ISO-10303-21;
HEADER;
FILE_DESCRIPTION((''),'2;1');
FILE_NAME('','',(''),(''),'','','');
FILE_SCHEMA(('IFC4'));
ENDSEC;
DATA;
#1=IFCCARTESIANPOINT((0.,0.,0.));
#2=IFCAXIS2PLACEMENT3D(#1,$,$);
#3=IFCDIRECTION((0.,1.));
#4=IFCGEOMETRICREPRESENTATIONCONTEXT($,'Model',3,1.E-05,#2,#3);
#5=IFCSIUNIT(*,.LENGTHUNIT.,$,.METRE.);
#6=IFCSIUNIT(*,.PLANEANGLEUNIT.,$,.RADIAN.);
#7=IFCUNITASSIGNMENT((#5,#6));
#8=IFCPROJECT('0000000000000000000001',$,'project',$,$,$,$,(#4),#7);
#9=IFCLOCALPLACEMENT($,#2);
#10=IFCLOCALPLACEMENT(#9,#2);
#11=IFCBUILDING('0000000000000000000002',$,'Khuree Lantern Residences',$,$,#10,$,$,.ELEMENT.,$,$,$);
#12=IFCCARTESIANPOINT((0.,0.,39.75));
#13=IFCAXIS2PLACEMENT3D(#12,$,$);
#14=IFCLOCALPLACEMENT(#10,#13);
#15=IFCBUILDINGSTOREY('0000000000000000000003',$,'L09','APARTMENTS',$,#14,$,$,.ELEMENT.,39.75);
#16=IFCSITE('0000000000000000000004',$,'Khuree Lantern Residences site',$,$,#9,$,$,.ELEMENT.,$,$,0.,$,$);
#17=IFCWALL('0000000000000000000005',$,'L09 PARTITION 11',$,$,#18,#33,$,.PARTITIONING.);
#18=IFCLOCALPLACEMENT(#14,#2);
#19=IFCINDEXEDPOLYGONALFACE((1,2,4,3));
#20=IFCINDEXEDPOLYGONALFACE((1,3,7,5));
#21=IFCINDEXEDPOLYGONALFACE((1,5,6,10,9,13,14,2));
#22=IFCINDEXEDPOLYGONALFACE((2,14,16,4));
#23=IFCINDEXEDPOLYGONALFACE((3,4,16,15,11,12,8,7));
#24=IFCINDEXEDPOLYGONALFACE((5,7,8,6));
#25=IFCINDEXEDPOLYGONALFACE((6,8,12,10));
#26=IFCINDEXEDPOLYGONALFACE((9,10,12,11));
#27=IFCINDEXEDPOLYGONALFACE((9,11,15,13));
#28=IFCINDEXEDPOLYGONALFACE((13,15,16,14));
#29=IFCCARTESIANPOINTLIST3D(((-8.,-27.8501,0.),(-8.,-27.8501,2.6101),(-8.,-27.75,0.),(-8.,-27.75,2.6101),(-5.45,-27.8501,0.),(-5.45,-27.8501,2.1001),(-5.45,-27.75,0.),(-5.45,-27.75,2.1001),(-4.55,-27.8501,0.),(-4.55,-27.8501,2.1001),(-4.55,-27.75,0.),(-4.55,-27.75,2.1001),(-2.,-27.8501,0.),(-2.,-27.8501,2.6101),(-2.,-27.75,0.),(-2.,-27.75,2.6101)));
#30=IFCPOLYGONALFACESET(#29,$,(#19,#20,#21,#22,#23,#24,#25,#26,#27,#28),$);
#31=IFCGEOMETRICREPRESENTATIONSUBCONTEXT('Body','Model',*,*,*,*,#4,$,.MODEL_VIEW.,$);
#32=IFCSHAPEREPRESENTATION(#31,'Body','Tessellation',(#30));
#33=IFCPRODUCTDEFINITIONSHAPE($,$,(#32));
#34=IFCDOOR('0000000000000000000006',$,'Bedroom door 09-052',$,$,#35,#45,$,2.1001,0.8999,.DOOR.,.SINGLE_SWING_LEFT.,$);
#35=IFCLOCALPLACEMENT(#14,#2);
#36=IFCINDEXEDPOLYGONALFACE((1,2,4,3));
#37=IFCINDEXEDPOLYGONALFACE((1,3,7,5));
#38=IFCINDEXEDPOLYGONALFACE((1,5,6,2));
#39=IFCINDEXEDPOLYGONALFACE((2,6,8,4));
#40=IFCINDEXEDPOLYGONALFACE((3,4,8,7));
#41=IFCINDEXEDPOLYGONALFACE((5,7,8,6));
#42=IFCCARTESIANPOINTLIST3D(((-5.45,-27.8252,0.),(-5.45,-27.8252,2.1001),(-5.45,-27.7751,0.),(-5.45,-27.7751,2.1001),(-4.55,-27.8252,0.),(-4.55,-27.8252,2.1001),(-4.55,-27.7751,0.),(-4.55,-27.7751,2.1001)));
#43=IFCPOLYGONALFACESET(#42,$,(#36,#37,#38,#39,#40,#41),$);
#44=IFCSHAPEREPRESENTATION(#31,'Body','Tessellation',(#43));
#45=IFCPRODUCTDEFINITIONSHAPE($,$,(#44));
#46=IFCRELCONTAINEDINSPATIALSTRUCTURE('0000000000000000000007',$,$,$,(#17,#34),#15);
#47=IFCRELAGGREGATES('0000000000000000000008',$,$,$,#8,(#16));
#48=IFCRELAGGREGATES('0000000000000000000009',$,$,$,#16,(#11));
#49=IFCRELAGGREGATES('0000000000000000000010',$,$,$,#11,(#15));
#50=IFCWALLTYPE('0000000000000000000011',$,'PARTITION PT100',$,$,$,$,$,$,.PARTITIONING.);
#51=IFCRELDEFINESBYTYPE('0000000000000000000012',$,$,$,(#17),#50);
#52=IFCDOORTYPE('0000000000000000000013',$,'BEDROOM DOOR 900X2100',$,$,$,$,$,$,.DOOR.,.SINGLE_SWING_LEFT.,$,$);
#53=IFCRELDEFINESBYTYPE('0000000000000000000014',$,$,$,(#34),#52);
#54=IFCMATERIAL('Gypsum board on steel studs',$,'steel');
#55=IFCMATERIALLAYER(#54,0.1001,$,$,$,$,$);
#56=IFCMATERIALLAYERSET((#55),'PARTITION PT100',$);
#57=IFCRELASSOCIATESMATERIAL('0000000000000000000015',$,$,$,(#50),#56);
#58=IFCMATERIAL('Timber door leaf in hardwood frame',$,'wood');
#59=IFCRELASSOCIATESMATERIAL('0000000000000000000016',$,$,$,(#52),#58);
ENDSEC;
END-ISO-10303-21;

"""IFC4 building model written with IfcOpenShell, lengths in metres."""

from ifc_helpers import new_model, si_unit, direction, frame, frame_2d, origin, place, context, subcontext, project, spatial, rectangle, extrude, material, layer, layer_set, type_object, element, fill, save


model = new_model("IFC4")

# Units and contexts
model_context = context("Model", 3, precision=1e-05, world=origin(), true_north=direction((0.0, 1.0)))
body_context = subcontext(model_context, "Body", "Model", "MODEL_VIEW")
ifc_project = project(units=[si_unit("LENGTHUNIT", "METRE"), si_unit("PLANEANGLEUNIT", "RADIAN")], contexts=[model_context])

# Site, building, storey
site_placement = place(None, origin())
site = spatial("IfcSite", under=ifc_project, at=site_placement, Name="Khuree Lantern Residences site", CompositionType="ELEMENT", RefElevation=0.0)
building_placement = place(site_placement, origin())
building = spatial("IfcBuilding", under=site, at=building_placement, Name="Khuree Lantern Residences", CompositionType="ELEMENT")
storey_placement = place(building_placement, frame((0.0, 0.0, 39.75)))
storey = spatial("IfcBuildingStorey", under=building, at=storey_placement, Name="L09", Description="APARTMENTS", CompositionType="ELEMENT", Elevation=39.75)

# Shared definitions
ifc_material_1 = material(Name="Timber door leaf in hardwood frame", Category="wood")

# Shared definitions
ifc_material_2 = material(Name="Gypsum board on steel studs", Category="steel")
ifc_layer_1 = layer(ifc_material_2, 0.1001)
ifc_layer_set_1 = layer_set([ifc_layer_1], Name="PARTITION PT100")
wall_type_1 = type_object("IfcWallType", Name="PARTITION PT100", PredefinedType="PARTITIONING", material=ifc_layer_set_1)

# Shared definitions
door_type_1 = type_object("IfcDoorType", Name="BEDROOM DOOR 900X2100", OperationType="SINGLE_SWING_LEFT", PredefinedType="DOOR", material=ifc_material_1)

# Wall, opening, door
wall_1_placement = place(storey_placement, frame((-8.0, -27.8, 0.0), z_axis=(0.0, 0.0, 1.0), x_axis=(1.0, 0.0, 0.0)))
wall_1 = element("IfcWall", 1, at=wall_1_placement, inside=storey, type_object=wall_type_1, Name="L09 PARTITION 11", PredefinedType="PARTITIONING", context=body_context, shape_type="SweptSolid", body=[
    extrude(rectangle(XDim=6.0, YDim=0.1001, at=frame_2d((3.0, 0.0))), origin(), (0.0, 0.0, 1.0), 2.6101),
])
opening_1_placement = place(wall_1_placement, frame((2.55, 0.0, 0.0)))
opening_1 = element("IfcOpeningElement", 2, at=opening_1_placement, cuts=wall_1, PredefinedType="OPENING", context=body_context, shape_type="SweptSolid", body=[
    extrude(rectangle(XDim=0.8999, YDim=2.1001, at=frame_2d((0.45, 1.05))), frame((0.0, 0.0601, 0.0), z_axis=(0.0, -1.0, 0.0), x_axis=(1.0, 0.0, 0.0)), (0.0, 0.0, 1.0), 0.1201),
])
door_1_placement = place(opening_1_placement, origin())
door_1 = element("IfcDoor", 3, at=door_1_placement, inside=storey, type_object=door_type_1, Name="Bedroom door 09-052", OperationType="SINGLE_SWING_LEFT", OverallHeight=2.1001, OverallWidth=0.8999, PredefinedType="DOOR", context=body_context, shape_type="SweptSolid", body=[
    extrude(rectangle(XDim=0.8999, YDim=2.1001, at=frame_2d((0.45, 1.05))), frame((0.0, 0.0249, 0.0), z_axis=(0.0, -1.0, 0.0), x_axis=(1.0, 0.0, 0.0)), (0.0, 0.0, 1.0), 0.05),
])
fill(opening_1, door_1)

save(model, "model.ifc")
